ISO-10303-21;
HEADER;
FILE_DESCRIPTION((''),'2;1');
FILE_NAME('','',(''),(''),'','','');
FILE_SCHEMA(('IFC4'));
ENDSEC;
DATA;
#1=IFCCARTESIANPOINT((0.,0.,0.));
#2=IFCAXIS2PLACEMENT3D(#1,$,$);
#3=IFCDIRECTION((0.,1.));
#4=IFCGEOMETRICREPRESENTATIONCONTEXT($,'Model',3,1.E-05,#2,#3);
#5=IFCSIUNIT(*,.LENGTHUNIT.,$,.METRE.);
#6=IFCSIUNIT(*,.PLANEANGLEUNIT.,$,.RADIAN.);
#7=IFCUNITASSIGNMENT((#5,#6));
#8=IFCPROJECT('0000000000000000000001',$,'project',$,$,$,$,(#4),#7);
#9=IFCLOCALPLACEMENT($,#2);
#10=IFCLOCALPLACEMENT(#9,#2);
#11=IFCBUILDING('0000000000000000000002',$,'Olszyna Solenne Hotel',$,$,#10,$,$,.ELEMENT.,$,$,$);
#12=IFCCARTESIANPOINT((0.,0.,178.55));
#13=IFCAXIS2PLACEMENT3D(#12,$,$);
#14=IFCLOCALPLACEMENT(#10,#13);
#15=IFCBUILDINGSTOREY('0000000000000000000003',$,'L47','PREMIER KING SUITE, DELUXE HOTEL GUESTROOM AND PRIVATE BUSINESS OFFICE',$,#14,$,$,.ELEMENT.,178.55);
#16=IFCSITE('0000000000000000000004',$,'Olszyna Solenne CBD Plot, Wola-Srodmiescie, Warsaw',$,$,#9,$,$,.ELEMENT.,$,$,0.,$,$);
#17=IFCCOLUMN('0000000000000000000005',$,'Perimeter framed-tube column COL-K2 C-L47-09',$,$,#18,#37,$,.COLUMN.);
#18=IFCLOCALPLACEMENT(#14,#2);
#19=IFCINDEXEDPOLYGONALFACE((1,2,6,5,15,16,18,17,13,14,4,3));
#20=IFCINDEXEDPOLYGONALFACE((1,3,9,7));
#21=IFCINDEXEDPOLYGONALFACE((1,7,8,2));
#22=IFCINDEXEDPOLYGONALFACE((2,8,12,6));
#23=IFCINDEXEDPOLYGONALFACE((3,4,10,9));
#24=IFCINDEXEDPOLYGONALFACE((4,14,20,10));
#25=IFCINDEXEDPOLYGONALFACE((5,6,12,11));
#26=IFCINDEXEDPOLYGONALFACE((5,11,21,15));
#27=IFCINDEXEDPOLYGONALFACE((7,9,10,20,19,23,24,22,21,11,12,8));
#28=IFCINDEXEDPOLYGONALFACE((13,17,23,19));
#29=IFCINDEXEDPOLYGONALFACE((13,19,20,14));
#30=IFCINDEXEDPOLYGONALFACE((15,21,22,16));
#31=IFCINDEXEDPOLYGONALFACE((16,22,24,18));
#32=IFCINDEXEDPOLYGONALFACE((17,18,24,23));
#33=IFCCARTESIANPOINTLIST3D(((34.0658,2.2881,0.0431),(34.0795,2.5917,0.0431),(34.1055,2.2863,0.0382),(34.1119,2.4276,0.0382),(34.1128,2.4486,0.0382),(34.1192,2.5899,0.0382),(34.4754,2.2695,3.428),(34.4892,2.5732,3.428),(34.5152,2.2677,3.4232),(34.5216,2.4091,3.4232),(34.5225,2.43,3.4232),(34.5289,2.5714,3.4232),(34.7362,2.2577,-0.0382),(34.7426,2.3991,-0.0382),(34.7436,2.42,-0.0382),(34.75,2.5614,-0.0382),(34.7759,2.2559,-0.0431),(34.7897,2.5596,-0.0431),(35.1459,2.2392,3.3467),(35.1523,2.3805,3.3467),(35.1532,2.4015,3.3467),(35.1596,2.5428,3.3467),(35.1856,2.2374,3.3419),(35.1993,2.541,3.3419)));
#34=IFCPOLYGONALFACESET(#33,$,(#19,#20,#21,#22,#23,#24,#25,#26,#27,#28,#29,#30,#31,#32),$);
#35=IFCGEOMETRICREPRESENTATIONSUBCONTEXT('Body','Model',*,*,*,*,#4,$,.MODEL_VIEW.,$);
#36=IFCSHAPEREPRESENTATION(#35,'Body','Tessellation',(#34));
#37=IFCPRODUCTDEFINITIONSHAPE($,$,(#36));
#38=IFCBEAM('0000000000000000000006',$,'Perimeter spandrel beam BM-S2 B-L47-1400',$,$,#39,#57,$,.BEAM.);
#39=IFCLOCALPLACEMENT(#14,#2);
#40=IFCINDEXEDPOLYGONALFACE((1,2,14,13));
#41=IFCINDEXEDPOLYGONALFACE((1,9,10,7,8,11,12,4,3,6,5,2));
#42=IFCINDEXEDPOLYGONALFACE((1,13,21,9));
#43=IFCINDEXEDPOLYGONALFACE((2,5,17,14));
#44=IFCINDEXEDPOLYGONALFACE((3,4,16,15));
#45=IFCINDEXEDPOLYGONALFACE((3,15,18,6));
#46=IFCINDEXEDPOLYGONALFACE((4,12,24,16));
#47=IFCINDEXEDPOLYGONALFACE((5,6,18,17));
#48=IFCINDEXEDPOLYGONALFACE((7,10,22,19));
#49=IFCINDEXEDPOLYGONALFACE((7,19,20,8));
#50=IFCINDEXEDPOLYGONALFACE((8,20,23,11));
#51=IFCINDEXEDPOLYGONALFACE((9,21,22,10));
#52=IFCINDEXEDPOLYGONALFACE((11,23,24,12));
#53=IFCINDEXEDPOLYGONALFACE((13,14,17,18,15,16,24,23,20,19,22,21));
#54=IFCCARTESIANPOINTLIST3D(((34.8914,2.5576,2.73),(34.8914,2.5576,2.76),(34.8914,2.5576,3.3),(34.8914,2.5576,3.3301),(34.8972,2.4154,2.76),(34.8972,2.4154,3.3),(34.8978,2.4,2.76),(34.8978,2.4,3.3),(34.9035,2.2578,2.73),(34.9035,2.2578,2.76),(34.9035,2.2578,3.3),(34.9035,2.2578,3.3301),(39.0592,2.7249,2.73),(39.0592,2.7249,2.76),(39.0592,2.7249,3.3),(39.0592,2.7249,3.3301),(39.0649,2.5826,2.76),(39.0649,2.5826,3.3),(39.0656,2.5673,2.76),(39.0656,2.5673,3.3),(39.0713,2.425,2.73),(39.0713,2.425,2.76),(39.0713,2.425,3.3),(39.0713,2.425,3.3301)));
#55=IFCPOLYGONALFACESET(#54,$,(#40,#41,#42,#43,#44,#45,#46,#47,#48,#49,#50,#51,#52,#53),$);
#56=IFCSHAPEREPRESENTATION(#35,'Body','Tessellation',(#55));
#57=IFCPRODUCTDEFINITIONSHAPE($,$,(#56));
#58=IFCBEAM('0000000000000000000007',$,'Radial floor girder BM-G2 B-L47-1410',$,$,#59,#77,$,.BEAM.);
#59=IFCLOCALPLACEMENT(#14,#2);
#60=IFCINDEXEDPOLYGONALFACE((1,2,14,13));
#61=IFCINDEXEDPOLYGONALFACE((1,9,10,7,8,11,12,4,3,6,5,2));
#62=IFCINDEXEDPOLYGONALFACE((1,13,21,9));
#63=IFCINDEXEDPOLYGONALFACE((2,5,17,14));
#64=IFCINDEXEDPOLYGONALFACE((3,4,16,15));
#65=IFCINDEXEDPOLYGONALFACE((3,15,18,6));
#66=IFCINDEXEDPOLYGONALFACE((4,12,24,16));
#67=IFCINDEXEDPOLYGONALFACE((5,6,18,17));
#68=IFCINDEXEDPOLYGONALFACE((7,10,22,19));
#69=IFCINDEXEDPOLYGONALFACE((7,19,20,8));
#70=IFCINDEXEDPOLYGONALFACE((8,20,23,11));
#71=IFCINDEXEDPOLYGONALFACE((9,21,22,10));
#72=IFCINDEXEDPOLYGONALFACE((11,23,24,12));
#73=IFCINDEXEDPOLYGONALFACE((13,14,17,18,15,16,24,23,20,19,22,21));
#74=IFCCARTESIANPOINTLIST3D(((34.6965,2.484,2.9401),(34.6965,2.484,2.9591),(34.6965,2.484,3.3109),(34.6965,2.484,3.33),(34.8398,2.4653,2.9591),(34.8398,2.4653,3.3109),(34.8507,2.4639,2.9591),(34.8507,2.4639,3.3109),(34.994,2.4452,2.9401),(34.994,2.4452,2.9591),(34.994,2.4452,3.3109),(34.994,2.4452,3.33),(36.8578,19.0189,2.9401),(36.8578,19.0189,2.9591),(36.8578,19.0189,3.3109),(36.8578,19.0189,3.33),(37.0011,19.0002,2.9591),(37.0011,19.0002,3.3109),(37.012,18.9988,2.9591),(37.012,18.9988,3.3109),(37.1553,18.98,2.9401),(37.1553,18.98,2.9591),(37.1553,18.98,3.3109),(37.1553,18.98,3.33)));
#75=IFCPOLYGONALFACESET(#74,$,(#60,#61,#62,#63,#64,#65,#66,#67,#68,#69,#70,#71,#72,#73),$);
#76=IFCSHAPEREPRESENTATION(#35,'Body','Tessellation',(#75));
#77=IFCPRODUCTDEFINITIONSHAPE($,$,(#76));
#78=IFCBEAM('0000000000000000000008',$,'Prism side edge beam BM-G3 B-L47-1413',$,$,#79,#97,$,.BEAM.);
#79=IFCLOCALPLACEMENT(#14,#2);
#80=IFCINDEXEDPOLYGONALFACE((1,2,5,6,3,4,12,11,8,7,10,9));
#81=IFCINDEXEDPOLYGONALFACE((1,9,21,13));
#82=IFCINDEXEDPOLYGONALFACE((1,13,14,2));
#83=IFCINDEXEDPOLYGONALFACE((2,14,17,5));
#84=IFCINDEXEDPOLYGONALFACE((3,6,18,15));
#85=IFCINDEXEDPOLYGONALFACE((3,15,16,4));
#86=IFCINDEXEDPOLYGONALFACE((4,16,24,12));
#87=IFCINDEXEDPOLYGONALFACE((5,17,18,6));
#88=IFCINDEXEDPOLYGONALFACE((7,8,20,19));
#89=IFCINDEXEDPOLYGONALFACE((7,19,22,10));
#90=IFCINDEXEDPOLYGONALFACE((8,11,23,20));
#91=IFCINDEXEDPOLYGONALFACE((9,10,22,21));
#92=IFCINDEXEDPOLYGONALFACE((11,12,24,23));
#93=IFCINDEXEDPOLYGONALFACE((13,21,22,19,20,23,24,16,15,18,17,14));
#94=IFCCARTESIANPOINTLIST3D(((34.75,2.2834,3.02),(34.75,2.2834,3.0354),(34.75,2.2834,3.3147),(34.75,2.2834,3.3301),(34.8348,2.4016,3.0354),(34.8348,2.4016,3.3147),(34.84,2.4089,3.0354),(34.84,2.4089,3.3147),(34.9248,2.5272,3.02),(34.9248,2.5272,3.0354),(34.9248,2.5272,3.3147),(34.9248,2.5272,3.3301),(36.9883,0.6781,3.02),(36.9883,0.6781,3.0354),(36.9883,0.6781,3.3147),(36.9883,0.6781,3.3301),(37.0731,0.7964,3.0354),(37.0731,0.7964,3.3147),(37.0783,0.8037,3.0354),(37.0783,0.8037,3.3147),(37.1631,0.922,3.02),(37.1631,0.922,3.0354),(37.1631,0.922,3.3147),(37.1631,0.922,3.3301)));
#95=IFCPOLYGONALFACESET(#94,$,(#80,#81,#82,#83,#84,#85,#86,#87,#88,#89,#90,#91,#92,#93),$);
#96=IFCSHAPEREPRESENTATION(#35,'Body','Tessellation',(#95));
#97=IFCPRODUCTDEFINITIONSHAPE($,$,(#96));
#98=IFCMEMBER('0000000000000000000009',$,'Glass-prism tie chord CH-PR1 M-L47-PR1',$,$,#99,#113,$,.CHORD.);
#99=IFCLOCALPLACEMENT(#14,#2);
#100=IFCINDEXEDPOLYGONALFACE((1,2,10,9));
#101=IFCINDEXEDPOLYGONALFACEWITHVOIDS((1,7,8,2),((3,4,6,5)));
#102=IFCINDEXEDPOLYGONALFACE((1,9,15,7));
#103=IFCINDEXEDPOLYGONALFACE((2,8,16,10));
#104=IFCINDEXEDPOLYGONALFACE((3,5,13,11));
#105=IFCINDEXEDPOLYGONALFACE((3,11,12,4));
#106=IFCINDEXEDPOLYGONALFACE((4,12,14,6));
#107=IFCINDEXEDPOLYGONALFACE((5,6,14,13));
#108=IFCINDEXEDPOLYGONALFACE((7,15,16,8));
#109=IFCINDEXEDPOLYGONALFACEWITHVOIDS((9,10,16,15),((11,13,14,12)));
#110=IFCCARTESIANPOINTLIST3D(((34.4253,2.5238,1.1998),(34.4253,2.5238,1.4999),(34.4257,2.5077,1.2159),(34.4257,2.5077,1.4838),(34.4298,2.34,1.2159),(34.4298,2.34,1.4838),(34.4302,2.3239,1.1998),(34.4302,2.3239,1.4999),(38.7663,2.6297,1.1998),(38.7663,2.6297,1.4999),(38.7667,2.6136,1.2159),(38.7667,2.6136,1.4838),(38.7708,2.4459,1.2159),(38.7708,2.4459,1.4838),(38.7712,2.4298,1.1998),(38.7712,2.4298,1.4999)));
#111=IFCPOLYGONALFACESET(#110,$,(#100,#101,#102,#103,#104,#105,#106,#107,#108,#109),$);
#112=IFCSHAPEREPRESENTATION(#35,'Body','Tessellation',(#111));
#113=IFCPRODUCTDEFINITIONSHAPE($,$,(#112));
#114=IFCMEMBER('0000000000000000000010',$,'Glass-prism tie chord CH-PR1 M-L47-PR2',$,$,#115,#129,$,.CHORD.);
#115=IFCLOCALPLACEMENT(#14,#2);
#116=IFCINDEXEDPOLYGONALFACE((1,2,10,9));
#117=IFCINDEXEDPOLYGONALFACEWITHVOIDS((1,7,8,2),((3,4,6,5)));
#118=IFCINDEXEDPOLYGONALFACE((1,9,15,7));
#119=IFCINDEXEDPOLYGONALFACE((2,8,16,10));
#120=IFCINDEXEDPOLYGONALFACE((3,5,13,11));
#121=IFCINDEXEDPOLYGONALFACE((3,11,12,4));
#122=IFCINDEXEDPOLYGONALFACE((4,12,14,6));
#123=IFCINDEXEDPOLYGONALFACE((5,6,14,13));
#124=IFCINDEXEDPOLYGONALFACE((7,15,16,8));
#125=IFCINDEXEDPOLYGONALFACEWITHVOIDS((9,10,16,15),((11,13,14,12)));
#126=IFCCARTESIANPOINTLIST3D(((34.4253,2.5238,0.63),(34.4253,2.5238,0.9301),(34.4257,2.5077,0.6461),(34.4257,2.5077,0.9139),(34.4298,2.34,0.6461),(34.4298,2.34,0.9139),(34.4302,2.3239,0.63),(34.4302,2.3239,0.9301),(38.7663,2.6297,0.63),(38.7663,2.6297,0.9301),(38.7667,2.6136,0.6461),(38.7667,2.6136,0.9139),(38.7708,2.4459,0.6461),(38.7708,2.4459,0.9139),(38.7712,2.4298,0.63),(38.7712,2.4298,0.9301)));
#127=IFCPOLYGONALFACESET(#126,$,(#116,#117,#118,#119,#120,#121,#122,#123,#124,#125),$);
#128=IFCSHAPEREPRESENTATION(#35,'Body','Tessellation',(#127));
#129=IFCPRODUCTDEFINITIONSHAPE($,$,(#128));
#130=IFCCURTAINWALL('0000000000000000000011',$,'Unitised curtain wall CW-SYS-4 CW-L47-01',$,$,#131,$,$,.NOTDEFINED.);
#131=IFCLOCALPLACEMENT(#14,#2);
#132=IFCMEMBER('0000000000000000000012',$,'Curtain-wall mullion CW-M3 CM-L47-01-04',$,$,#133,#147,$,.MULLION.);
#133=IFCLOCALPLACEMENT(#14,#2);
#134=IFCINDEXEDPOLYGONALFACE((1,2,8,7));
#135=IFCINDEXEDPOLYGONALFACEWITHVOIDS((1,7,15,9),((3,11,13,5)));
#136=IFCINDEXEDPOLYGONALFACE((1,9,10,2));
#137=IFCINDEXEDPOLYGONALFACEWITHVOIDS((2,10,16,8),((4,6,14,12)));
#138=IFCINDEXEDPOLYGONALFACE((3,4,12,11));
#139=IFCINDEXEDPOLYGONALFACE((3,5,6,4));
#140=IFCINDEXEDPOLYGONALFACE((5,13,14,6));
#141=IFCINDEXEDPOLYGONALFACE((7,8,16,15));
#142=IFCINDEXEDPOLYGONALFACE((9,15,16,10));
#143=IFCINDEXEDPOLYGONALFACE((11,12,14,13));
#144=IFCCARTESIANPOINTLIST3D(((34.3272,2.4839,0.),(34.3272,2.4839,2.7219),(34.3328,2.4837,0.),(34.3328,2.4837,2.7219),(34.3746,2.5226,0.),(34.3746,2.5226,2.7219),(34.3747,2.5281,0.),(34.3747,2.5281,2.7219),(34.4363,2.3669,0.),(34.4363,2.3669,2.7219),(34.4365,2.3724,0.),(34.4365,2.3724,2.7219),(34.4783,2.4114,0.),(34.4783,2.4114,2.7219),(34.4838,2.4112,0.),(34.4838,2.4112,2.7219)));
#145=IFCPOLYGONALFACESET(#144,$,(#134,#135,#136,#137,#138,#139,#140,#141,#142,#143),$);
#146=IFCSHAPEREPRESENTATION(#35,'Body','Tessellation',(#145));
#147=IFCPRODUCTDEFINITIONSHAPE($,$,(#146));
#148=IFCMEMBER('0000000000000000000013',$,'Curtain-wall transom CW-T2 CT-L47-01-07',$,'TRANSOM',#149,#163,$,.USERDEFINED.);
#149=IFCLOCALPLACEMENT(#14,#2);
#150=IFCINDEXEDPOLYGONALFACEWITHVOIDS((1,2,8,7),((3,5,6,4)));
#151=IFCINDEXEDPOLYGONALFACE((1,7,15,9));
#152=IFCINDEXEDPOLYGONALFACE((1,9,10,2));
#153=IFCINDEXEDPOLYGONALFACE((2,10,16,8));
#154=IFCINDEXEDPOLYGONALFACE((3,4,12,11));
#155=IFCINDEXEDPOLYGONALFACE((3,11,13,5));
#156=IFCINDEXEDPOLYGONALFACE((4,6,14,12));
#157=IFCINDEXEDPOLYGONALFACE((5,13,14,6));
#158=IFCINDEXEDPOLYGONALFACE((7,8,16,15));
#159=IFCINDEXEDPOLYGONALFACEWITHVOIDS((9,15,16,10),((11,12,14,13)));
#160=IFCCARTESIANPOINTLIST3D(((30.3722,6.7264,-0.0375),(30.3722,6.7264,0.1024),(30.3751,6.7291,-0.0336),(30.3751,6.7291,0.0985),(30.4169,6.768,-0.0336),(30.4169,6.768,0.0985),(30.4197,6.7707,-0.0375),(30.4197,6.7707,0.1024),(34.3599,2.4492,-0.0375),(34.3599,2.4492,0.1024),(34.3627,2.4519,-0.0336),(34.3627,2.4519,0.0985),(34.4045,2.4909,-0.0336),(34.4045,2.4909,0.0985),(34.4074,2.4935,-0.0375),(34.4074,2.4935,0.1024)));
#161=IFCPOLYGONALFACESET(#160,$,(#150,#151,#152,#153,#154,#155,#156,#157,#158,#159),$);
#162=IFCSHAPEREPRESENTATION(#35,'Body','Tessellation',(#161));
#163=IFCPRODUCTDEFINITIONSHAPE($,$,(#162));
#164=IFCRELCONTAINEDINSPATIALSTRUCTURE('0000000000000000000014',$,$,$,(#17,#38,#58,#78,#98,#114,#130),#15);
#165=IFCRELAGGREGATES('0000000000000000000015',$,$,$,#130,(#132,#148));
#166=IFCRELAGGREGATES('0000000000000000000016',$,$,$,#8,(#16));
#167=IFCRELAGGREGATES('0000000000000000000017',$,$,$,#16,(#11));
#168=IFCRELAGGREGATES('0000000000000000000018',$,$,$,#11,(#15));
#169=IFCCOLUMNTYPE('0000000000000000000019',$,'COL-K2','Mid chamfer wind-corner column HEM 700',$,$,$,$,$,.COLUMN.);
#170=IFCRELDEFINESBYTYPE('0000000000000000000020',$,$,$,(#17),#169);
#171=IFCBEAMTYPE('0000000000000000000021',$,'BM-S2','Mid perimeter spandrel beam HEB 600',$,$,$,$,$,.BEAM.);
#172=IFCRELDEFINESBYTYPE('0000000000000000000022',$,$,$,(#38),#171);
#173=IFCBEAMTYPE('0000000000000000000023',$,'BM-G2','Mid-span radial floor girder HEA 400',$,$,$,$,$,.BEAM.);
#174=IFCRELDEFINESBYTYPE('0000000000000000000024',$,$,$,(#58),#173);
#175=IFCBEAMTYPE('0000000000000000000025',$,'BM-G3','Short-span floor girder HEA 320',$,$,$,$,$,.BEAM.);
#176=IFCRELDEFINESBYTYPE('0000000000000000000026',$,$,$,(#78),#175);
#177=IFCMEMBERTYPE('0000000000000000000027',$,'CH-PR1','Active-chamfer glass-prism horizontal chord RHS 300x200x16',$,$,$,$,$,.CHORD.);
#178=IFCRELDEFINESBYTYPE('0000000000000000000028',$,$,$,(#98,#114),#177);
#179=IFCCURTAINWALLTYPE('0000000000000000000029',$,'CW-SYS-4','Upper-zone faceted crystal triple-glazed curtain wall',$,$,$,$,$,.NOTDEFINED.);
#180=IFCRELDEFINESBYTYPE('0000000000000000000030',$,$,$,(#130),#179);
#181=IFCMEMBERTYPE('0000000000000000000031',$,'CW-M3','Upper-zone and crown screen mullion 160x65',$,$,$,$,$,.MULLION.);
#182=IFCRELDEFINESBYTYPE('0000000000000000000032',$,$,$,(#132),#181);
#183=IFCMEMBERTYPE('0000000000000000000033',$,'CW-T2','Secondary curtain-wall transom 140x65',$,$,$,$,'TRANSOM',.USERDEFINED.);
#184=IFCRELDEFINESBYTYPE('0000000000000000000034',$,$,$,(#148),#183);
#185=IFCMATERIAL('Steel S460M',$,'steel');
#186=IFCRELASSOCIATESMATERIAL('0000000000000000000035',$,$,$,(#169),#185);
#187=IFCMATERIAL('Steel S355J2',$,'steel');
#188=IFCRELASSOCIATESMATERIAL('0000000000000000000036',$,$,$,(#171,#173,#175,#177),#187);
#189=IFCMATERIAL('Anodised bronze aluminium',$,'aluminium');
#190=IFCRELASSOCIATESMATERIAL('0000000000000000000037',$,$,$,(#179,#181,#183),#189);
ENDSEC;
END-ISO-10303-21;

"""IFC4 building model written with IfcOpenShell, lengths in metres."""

from ifc_helpers import new_model, si_unit, direction, frame, origin, origin_2d, place, context, subcontext, project, spatial, hollow_rectangle, i_section, extrude, source, transform, mapped, material, material_profile, profile_set, type_object, element, aggregate, save


model = new_model("IFC4")

# Units and contexts
model_context = context("Model", 3, precision=1e-05, world=origin(), true_north=direction((0.0, 1.0)))
body_context = subcontext(model_context, "Body", "Model", "MODEL_VIEW")
ifc_project = project(units=[si_unit("LENGTHUNIT", "METRE"), si_unit("PLANEANGLEUNIT", "RADIAN")], contexts=[model_context])

# Site, building, storey
site_placement = place(None, origin())
site = spatial("IfcSite", under=ifc_project, at=site_placement, Name="Olszyna Solenne CBD Plot, Wola-Srodmiescie, Warsaw", CompositionType="ELEMENT", RefElevation=0.0)
building_placement = place(site_placement, origin())
building = spatial("IfcBuilding", under=site, at=building_placement, Name="Olszyna Solenne Hotel", CompositionType="ELEMENT")
storey_placement = place(building_placement, frame((0.0, 0.0, 178.55)))
storey = spatial("IfcBuildingStorey", under=building, at=storey_placement, Name="L47", Description="PREMIER KING SUITE, DELUXE HOTEL GUESTROOM AND PRIVATE BUSINESS OFFICE", CompositionType="ELEMENT", Elevation=178.55)

# Column
ifc_material_1 = material(Name="Steel S460M", Category="steel")
ifc_material_profile_1 = material_profile(ifc_material_1, i_section(OverallWidth=0.304, OverallDepth=0.7161, WebThickness=0.021, FlangeThickness=0.04, at=origin_2d()), Name="HEM 700", Category="load-bearing")
ifc_profile_set_1 = profile_set([ifc_material_profile_1], Name="Steel S460M")
column_type = type_object("IfcColumnType", Name="COL-K2", Description="Mid chamfer wind-corner column HEM 700", PredefinedType="COLUMN", material=ifc_profile_set_1)
shared_shape_1 = source(origin(), body_context, "Body", "SweptSolid", [
    extrude(i_section(OverallWidth=0.304, OverallDepth=0.7161, WebThickness=0.021, FlangeThickness=0.04, at=origin_2d()), origin(), (0.0, 0.0, 1.0), 3.4097),
])
column_placement = place(storey_placement, frame((34.4277, 2.4238, 0.0), z_axis=(0.120146, -0.005442, 0.992741), x_axis=(0.045246, 0.998976, 0.0)))
element("IfcColumn", 1, at=column_placement, inside=storey, type_object=column_type, Name="Perimeter framed-tube column COL-K2 C-L47-09", PredefinedType="COLUMN", context=body_context, shape_type="MappedRepresentation", body=[
    mapped(shared_shape_1, transform((0.0, 0.0, 0.0), x_axis=(1.0, 0.0, 0.0), y_axis=(0.0, 1.0, 0.0), z_axis=(0.0, 0.0, 1.0), scale=1.0)),
])

# Beams
ifc_material_2 = material(Name="Steel S355J2", Category="steel")
ifc_material_profile_2 = material_profile(ifc_material_2, i_section(OverallWidth=0.3, OverallDepth=0.6001, WebThickness=0.0154, FlangeThickness=0.03, at=origin_2d()), Name="HEB 600", Category="load-bearing")
ifc_profile_set_2 = profile_set([ifc_material_profile_2], Name="Steel S355J2")
beam_type_1 = type_object("IfcBeamType", Name="BM-S2", Description="Mid perimeter spandrel beam HEB 600", PredefinedType="BEAM", material=ifc_profile_set_2)
shared_shape_2 = source(origin(), body_context, "Body", "SweptSolid", [
    extrude(i_section(OverallWidth=0.3, OverallDepth=0.6001, WebThickness=0.0154, FlangeThickness=0.03, at=origin_2d()), origin(), (0.0, 0.0, 1.0), 4.1711),
])
beam_1_placement = place(storey_placement, frame((34.8975, 2.4077, 3.03), z_axis=(0.999196, 0.040094, 0.0), x_axis=(-0.040094, 0.999196, 0.0)))
element("IfcBeam", 2, at=beam_1_placement, inside=storey, type_object=beam_type_1, Name="Perimeter spandrel beam BM-S2 B-L47-1400", PredefinedType="BEAM", context=body_context, shape_type="MappedRepresentation", body=[
    mapped(shared_shape_2, transform((0.0, 0.0, 0.0), x_axis=(1.0, 0.0, 0.0), y_axis=(0.0, 1.0, 0.0), z_axis=(0.0, 0.0, 1.0), scale=1.0)),
])
ifc_material_profile_3 = material_profile(ifc_material_2, i_section(OverallWidth=0.3, OverallDepth=0.3899, WebThickness=0.011, FlangeThickness=0.019, at=origin_2d()), Name="HEA 400", Category="load-bearing")
ifc_profile_set_3 = profile_set([ifc_material_profile_3], Name="Steel S355J2")
beam_type_2 = type_object("IfcBeamType", Name="BM-G2", Description="Mid-span radial floor girder HEA 400", PredefinedType="BEAM", material=ifc_profile_set_3)
shared_shape_3 = source(origin(), body_context, "Body", "SweptSolid", [
    extrude(i_section(OverallWidth=0.3, OverallDepth=0.3899, WebThickness=0.011, FlangeThickness=0.019, at=origin_2d()), origin(), (0.0, 0.0, 1.0), 16.6755),
])
beam_2_placement = place(storey_placement, frame((34.8452, 2.4646, 3.135), z_axis=(0.129613, 0.991565, 0.0), x_axis=(-0.991565, 0.129613, 0.0)))
element("IfcBeam", 3, at=beam_2_placement, inside=storey, type_object=beam_type_2, Name="Radial floor girder BM-G2 B-L47-1410", PredefinedType="BEAM", context=body_context, shape_type="MappedRepresentation", body=[
    mapped(shared_shape_3, transform((0.0, 0.0, 0.0), x_axis=(1.0, 0.0, 0.0), y_axis=(0.0, 1.0, 0.0), z_axis=(0.0, 0.0, 1.0), scale=1.0)),
])
ifc_material_profile_4 = material_profile(ifc_material_2, i_section(OverallWidth=0.3, OverallDepth=0.3101, WebThickness=0.009, FlangeThickness=0.0154, at=origin_2d()), Name="HEA 320", Category="load-bearing")
ifc_profile_set_4 = profile_set([ifc_material_profile_4], Name="Steel S355J2")
beam_type_3 = type_object("IfcBeamType", Name="BM-G3", Description="Short-span floor girder HEA 320", PredefinedType="BEAM", material=ifc_profile_set_4)
shared_shape_4 = source(origin(), body_context, "Body", "SweptSolid", [
    extrude(i_section(OverallWidth=0.3, OverallDepth=0.3101, WebThickness=0.009, FlangeThickness=0.0154, at=origin_2d()), origin(), (0.0, 0.0, 1.0), 2.7544),
])
beam_3_placement = place(storey_placement, frame((34.8374, 2.4053, 3.175), z_axis=(0.812624, -0.582788, 0.0), x_axis=(0.582788, 0.812624, 0.0)))
element("IfcBeam", 4, at=beam_3_placement, inside=storey, type_object=beam_type_3, Name="Prism side edge beam BM-G3 B-L47-1413", PredefinedType="BEAM", context=body_context, shape_type="MappedRepresentation", body=[
    mapped(shared_shape_4, transform((0.0, 0.0, 0.0), x_axis=(1.0, 0.0, 0.0), y_axis=(0.0, 1.0, 0.0), z_axis=(0.0, 0.0, 1.0), scale=1.0)),
])

# Members
ifc_material_profile_5 = material_profile(ifc_material_2, hollow_rectangle(XDim=0.2, YDim=0.3, WallThickness=0.0161, at=origin_2d()), Name="RHS 300x200x16", Category="load-bearing")
ifc_profile_set_5 = profile_set([ifc_material_profile_5], Name="Steel S355J2")
member_type_1 = type_object("IfcMemberType", Name="CH-PR1", Description="Active-chamfer glass-prism horizontal chord RHS 300x200x16", PredefinedType="CHORD", material=ifc_profile_set_5)
shared_shape_5 = source(origin(), body_context, "Body", "SweptSolid", [
    extrude(hollow_rectangle(XDim=0.2, YDim=0.3, WallThickness=0.0161, at=origin_2d()), origin(), (0.0, 0.0, 1.0), 4.3423),
])
for number, where, z_axis, x_axis, name in (
    (5, (34.4277, 2.4238, 1.3499), (0.999702, 0.024401, 0.0), (-0.024401, 0.999702, 0.0), "Glass-prism tie chord CH-PR1 M-L47-PR1"),
    (6, (34.4277, 2.4238, 0.78), (0.999702, 0.024401, 0.0), (-0.024401, 0.999702, 0.0), "Glass-prism tie chord CH-PR1 M-L47-PR2"),
):
    element("IfcMember", number, at=place(storey_placement, frame(where, z_axis=z_axis, x_axis=x_axis)), inside=storey, type_object=member_type_1, Name=name, PredefinedType="CHORD", context=body_context, shape_type="MappedRepresentation", body=[
        mapped(shared_shape_5, transform((0.0, 0.0, 0.0), x_axis=(1.0, 0.0, 0.0), y_axis=(0.0, 1.0, 0.0), z_axis=(0.0, 0.0, 1.0), scale=1.0)),
    ])

# Curtain wall, members
ifc_material_3 = material(Name="Anodised bronze aluminium", Category="aluminium")
curtain_wall_type = type_object("IfcCurtainWallType", Name="CW-SYS-4", Description="Upper-zone faceted crystal triple-glazed curtain wall", PredefinedType="NOTDEFINED", material=ifc_material_3)
curtain_wall_placement = place(storey_placement, origin())
curtain_wall = element("IfcCurtainWall", 7, at=curtain_wall_placement, inside=storey, type_object=curtain_wall_type, Name="Unitised curtain wall CW-SYS-4 CW-L47-01", PredefinedType="NOTDEFINED")
ifc_material_profile_6 = material_profile(ifc_material_3, hollow_rectangle(XDim=0.0649, YDim=0.1599, WallThickness=0.0039, at=origin_2d()), Name="MULL 160x65x4", Category="load-bearing")
ifc_profile_set_6 = profile_set([ifc_material_profile_6], Name="Anodised bronze aluminium")
member_type_2 = type_object("IfcMemberType", Name="CW-M3", Description="Upper-zone and crown screen mullion 160x65", PredefinedType="MULLION", material=ifc_profile_set_6)
shared_shape_6 = source(origin(), body_context, "Body", "SweptSolid", [
    extrude(hollow_rectangle(XDim=0.0649, YDim=0.1599, WallThickness=0.0039, at=origin_2d()), origin(), (0.0, 0.0, 1.0), 2.7219),
])
member_1_placement = place(storey_placement, frame((34.4055, 2.4475, 0.0), z_axis=(0.0, 0.0, 1.0), x_axis=(0.731446, 0.681899, 0.0)))
member_1 = element("IfcMember", 8, at=member_1_placement, type_object=member_type_2, Name="Curtain-wall mullion CW-M3 CM-L47-01-04", PredefinedType="MULLION", context=body_context, shape_type="MappedRepresentation", body=[
    mapped(shared_shape_6, transform((0.0, 0.0, 0.0), x_axis=(1.0, 0.0, 0.0), y_axis=(0.0, 1.0, 0.0), z_axis=(0.0, 0.0, 1.0), scale=1.0)),
])
ifc_material_profile_7 = material_profile(ifc_material_3, hollow_rectangle(XDim=0.0649, YDim=0.1399, WallThickness=0.0039, at=origin_2d()), Name="TRAN 140x65x4", Category="load-bearing")
ifc_profile_set_7 = profile_set([ifc_material_profile_7], Name="Anodised bronze aluminium")
member_type_3 = type_object("IfcMemberType", Name="CW-T2", Description="Secondary curtain-wall transom 140x65", ElementType="TRANSOM", PredefinedType="USERDEFINED", material=ifc_profile_set_7)
shared_shape_7 = source(origin(), body_context, "Body", "SweptSolid", [
    extrude(hollow_rectangle(XDim=0.0649, YDim=0.1399, WallThickness=0.0039, at=origin_2d()), origin(), (0.0, 0.0, 1.0), 5.8477),
])
member_2_placement = place(storey_placement, frame((30.396, 6.7485, 0.0325), z_axis=(0.681915, -0.731431, 0.0), x_axis=(0.731431, 0.681915, 0.0)))
member_2 = element("IfcMember", 9, at=member_2_placement, type_object=member_type_3, Name="Curtain-wall transom CW-T2 CT-L47-01-07", ObjectType="TRANSOM", PredefinedType="USERDEFINED", context=body_context, shape_type="MappedRepresentation", body=[
    mapped(shared_shape_7, transform((0.0, 0.0, 0.0), x_axis=(1.0, 0.0, 0.0), y_axis=(0.0, 1.0, 0.0), z_axis=(0.0, 0.0, 1.0), scale=1.0)),
])

aggregate(curtain_wall, [member_1, member_2])

save(model, "model.ifc")
